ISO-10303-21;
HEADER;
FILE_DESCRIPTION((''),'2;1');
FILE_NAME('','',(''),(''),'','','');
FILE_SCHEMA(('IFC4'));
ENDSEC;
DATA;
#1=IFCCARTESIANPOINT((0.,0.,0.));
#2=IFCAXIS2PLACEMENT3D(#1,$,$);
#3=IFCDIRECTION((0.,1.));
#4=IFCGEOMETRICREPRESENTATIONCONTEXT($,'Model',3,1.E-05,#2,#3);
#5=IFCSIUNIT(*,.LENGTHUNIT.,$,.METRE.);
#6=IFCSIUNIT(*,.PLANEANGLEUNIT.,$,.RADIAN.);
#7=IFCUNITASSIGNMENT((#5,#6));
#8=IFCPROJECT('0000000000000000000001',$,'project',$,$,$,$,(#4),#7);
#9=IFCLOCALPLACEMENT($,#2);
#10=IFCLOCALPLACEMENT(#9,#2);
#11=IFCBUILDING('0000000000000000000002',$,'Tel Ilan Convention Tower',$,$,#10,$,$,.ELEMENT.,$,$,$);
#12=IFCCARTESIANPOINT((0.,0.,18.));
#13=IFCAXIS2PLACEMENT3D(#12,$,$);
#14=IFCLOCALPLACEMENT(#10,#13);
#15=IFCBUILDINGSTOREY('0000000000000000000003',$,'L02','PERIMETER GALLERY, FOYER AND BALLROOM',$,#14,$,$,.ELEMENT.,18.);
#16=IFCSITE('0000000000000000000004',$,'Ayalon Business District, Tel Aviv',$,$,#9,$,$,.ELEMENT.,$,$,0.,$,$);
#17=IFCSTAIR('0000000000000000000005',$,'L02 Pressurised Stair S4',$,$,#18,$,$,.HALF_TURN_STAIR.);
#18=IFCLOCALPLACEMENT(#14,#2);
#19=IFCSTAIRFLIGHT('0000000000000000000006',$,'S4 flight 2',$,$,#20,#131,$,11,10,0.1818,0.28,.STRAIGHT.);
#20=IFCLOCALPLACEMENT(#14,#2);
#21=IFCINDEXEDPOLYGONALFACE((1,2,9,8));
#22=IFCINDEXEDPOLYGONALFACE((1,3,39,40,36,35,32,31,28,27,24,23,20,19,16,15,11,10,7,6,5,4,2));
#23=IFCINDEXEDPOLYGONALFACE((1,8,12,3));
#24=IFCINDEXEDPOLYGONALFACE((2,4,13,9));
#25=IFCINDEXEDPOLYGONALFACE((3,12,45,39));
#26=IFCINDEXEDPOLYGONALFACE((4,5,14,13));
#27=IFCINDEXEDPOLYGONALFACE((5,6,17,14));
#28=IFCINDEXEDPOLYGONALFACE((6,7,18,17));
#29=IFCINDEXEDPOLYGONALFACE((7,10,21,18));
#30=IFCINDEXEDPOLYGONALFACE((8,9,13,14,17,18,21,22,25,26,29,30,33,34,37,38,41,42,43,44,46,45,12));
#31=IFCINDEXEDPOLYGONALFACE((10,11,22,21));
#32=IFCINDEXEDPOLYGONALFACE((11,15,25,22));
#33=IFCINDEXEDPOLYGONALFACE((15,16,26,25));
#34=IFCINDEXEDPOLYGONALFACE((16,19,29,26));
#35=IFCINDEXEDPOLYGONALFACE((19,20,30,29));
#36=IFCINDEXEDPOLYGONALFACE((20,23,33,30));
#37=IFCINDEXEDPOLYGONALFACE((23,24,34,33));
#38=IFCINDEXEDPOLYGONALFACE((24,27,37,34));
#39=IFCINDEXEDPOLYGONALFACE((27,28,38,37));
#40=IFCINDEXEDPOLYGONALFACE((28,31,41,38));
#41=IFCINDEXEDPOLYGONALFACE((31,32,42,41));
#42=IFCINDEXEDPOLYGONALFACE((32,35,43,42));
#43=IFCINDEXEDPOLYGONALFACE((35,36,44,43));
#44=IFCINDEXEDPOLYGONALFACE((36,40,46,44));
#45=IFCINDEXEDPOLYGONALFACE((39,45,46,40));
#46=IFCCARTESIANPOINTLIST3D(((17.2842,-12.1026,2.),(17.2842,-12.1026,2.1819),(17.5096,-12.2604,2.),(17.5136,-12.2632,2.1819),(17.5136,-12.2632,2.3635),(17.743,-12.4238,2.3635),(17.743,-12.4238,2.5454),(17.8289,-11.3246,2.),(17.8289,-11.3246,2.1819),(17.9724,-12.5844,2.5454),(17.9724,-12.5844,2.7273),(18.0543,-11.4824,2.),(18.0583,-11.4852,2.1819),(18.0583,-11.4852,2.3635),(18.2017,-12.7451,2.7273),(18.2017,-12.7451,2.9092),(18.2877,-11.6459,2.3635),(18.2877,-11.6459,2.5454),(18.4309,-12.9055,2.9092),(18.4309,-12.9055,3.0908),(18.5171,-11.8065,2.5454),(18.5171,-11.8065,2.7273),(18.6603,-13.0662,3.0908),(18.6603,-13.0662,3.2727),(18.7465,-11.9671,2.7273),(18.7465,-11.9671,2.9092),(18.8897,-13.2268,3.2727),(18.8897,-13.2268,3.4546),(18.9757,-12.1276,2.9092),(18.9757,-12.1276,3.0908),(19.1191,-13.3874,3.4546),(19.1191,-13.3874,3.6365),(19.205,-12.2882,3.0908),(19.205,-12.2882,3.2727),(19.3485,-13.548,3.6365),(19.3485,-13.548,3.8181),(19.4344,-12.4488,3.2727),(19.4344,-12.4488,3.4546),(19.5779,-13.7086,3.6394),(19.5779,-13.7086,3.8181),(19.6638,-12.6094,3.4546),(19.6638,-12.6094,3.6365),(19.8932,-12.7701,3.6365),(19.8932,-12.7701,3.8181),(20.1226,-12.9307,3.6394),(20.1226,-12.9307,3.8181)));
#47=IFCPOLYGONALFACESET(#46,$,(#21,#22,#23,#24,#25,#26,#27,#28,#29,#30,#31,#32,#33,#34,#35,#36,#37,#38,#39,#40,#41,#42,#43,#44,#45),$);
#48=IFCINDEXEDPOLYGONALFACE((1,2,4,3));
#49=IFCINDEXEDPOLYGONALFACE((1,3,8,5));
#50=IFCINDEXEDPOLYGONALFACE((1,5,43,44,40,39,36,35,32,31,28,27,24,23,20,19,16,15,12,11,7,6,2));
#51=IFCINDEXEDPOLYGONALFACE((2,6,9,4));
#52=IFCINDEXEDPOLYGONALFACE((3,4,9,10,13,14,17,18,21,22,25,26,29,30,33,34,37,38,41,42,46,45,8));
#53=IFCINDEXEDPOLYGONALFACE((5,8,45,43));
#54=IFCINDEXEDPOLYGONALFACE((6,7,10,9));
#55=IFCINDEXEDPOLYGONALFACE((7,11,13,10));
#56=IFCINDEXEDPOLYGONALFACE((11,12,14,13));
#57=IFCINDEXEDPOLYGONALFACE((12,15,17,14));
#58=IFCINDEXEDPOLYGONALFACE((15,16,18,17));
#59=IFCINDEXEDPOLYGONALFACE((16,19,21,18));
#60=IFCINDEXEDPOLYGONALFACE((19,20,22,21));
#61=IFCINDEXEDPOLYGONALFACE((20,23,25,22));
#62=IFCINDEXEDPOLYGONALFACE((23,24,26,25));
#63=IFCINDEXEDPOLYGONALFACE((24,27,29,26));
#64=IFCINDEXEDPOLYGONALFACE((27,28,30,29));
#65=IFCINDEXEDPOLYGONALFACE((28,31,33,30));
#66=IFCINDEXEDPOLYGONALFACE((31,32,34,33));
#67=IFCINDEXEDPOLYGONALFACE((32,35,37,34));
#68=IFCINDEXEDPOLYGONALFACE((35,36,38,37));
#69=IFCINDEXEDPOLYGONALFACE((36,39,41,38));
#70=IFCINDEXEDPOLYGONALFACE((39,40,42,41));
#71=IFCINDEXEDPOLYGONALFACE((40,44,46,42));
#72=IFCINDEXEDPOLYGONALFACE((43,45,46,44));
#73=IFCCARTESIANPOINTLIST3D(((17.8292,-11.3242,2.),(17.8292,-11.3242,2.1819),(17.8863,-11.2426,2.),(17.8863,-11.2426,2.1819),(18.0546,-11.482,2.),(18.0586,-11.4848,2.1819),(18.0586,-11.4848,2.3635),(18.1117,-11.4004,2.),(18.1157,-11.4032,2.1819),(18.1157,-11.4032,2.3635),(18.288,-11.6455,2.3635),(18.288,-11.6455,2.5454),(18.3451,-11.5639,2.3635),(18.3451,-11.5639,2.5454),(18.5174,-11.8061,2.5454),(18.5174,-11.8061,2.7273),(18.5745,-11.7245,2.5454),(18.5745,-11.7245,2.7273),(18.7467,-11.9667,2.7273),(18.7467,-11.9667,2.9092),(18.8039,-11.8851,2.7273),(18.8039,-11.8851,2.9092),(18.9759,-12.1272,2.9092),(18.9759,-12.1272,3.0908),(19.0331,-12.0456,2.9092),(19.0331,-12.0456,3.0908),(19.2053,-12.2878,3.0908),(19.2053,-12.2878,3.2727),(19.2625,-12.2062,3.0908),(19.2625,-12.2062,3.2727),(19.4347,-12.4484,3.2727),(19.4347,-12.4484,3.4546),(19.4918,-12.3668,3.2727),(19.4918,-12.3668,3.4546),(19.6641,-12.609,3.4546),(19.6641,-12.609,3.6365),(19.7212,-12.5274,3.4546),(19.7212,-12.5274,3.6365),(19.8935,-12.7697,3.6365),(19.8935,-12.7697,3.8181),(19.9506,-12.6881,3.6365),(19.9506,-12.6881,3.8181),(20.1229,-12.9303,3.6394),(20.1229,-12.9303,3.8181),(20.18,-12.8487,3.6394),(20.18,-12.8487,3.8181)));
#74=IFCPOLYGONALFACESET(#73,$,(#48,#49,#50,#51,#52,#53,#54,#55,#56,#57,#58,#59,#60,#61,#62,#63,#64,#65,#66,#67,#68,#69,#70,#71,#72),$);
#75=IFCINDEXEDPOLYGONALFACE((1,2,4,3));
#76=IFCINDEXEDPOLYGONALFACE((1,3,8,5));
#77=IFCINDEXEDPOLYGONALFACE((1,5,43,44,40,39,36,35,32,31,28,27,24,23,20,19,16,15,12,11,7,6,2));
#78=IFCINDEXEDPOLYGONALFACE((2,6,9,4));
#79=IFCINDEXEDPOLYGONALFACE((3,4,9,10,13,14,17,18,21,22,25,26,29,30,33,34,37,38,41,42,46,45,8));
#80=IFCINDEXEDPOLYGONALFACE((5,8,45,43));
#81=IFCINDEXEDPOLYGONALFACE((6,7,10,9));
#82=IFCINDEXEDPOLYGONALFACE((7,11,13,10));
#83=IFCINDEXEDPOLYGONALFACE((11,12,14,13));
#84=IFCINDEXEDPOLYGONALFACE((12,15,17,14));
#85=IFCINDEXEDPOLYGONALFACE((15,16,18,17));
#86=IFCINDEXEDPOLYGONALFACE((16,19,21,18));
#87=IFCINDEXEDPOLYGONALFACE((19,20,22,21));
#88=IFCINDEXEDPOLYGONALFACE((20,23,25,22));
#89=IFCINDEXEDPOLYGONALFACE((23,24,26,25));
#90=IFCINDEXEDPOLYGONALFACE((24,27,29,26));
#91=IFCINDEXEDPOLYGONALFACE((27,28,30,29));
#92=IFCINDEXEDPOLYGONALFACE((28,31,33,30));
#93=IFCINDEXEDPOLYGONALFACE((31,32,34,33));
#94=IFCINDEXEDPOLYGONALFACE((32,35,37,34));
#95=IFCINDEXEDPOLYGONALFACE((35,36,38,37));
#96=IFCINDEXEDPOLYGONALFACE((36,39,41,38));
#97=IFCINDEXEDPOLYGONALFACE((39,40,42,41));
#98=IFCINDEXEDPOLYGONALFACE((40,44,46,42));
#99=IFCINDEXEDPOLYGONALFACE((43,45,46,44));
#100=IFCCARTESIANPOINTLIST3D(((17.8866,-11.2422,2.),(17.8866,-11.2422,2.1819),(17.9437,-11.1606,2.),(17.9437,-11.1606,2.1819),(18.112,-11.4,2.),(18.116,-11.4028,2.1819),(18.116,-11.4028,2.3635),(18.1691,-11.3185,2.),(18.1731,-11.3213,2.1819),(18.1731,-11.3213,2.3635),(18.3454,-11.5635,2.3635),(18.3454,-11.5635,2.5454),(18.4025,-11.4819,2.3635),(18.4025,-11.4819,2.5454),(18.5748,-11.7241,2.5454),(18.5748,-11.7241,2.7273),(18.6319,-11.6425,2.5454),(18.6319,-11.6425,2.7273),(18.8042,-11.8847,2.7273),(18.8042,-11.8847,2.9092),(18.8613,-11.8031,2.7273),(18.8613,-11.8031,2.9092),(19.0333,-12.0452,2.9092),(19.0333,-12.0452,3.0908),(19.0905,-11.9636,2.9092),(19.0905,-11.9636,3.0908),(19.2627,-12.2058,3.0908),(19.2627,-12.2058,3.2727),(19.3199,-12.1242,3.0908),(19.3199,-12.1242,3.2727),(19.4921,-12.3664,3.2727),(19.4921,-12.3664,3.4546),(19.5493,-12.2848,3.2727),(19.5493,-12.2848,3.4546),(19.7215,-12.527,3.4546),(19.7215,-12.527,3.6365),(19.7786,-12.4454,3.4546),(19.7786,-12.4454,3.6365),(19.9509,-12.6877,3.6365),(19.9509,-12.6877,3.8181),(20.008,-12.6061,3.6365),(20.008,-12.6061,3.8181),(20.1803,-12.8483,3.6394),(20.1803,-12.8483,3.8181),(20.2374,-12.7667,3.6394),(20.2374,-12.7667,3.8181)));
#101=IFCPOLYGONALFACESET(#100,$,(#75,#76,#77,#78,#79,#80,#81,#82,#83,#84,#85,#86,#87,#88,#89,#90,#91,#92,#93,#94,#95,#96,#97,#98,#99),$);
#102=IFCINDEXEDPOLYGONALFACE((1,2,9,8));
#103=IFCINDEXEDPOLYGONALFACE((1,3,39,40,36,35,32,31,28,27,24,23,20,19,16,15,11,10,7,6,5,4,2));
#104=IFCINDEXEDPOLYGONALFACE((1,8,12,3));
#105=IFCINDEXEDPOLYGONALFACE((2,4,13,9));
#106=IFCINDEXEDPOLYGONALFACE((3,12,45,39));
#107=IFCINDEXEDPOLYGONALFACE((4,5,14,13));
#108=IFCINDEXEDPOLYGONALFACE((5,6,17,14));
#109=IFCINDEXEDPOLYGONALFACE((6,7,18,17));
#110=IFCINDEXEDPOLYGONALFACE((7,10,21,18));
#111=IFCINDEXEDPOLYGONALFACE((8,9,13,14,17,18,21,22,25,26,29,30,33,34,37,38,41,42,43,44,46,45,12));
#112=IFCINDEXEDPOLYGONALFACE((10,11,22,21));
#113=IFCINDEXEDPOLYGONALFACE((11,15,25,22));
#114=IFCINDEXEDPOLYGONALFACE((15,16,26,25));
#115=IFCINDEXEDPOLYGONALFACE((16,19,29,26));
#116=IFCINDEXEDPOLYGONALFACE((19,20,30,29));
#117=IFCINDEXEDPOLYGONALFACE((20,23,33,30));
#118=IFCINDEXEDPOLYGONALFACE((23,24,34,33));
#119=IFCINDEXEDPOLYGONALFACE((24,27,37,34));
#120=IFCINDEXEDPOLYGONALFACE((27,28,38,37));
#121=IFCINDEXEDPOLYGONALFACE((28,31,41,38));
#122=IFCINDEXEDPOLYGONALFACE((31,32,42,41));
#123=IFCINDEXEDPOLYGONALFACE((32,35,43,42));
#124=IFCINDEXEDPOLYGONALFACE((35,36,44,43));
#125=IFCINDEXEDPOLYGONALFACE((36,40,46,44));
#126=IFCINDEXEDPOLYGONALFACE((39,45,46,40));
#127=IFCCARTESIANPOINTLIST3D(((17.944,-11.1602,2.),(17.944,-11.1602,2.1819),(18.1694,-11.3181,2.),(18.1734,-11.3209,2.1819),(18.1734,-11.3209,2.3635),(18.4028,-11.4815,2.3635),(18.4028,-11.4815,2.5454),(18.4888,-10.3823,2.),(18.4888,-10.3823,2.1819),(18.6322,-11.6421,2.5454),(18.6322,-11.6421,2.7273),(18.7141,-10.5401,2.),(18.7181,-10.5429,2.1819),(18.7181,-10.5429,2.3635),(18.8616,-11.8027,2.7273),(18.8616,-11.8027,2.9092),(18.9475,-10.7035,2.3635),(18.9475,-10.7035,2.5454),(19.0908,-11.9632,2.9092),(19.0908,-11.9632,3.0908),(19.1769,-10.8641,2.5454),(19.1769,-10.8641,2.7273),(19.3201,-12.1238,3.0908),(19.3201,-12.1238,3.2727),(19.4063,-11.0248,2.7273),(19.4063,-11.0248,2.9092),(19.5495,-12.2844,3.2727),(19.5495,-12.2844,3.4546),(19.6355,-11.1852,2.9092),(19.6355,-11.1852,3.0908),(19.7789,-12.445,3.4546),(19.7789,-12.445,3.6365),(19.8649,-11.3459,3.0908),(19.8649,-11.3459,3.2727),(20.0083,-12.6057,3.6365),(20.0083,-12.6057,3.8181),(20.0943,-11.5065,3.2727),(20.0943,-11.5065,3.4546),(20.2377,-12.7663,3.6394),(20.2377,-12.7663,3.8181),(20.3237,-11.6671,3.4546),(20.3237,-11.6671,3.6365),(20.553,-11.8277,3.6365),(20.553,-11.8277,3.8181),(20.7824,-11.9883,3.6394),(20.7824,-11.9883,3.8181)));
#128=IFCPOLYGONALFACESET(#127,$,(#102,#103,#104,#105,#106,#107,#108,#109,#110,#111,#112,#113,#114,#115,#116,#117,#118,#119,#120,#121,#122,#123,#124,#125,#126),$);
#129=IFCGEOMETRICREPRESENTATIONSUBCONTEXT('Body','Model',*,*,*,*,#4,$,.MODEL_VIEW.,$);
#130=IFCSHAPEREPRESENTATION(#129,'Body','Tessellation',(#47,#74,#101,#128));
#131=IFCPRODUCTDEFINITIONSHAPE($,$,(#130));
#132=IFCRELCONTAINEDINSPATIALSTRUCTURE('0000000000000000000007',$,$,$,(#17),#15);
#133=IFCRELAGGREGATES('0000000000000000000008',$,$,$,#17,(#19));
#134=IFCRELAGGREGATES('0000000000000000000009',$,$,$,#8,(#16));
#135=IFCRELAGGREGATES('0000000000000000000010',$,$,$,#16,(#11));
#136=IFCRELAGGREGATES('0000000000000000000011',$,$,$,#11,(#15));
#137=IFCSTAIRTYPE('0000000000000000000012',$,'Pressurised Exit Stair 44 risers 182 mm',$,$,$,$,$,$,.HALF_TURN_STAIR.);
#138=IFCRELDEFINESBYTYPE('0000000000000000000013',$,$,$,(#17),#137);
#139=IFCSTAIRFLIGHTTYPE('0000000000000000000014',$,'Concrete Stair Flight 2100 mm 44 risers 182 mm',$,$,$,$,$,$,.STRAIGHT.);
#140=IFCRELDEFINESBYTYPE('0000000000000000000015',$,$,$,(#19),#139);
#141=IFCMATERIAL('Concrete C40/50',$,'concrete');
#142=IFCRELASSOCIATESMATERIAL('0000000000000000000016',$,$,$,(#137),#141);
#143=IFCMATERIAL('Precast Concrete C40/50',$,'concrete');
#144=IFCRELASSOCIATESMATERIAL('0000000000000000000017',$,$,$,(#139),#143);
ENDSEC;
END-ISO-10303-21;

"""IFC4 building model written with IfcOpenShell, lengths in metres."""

from ifc_helpers import new_model, si_unit, direction, frame, origin, place, context, subcontext, project, spatial, polyline, outline, extrude, material, type_object, element, aggregate, save


model = new_model("IFC4")

# Units and contexts
model_context = context("Model", 3, precision=1e-05, world=origin(), true_north=direction((0.0, 1.0)))
body_context = subcontext(model_context, "Body", "Model", "MODEL_VIEW")
ifc_project = project(units=[si_unit("LENGTHUNIT", "METRE"), si_unit("PLANEANGLEUNIT", "RADIAN")], contexts=[model_context])

# Site, building, storey
site_placement = place(None, origin())
site = spatial("IfcSite", under=ifc_project, at=site_placement, Name="Ayalon Business District, Tel Aviv", CompositionType="ELEMENT", RefElevation=0.0)
building_placement = place(site_placement, origin())
building = spatial("IfcBuilding", under=site, at=building_placement, Name="Tel Ilan Convention Tower", CompositionType="ELEMENT")
storey_placement = place(building_placement, frame((0.0, 0.0, 18.0)))
storey = spatial("IfcBuildingStorey", under=building, at=storey_placement, Name="L02", Description="PERIMETER GALLERY, FOYER AND BALLROOM", CompositionType="ELEMENT", Elevation=18.0)

# Stair, stair flight
ifc_material_1 = material(Name="Concrete C40/50", Category="concrete")
stair_type = type_object("IfcStairType", Name="Pressurised Exit Stair 44 risers 182 mm", PredefinedType="HALF_TURN_STAIR", material=ifc_material_1)
stair_placement = place(storey_placement, origin())
stair = element("IfcStair", 1, at=stair_placement, inside=storey, type_object=stair_type, Name="L02 Pressurised Stair S4", PredefinedType="HALF_TURN_STAIR")
ifc_material_2 = material(Name="Precast Concrete C40/50", Category="concrete")
stair_flight_type = type_object("IfcStairFlightType", Name="Concrete Stair Flight 2100 mm 44 risers 182 mm", PredefinedType="STRAIGHT", material=ifc_material_2)
stair_flight_1_placement = place(storey_placement, frame((17.8865, -11.2424, 2.0), z_axis=(0.0, 0.0, 1.0), x_axis=(0.819152, -0.573576, 0.0)))
stair_flight_1 = element("IfcStairFlight", 2, at=stair_flight_1_placement, type_object=stair_flight_type, Name="S4 flight 2", NumberOfRisers=11, NumberOfTreads=10, PredefinedType="STRAIGHT", RiserHeight=0.1818, TreadLength=0.28, context=body_context, shape_type="SweptSolid", body=[
    extrude(outline(polyline([(0.0, 0.0), (0.0, 0.1819), (0.28, 0.1819), (0.28, 0.3635), (0.5601, 0.3635), (0.5601, 0.5454), (0.8401, 0.5454), (0.8401, 0.7273), (1.1201, 0.7273), (1.1201, 0.9092), (1.3999, 0.9092), (1.3999, 1.0908), (1.6799, 1.0908), (1.6799, 1.2727), (1.96, 1.2727), (1.96, 1.4546), (2.24, 1.4546), (2.24, 1.6365), (2.52, 1.6365), (2.52, 1.8181), (2.8, 1.8181), (2.8, 2.0), (2.8, 1.6394), (0.2751, 0.0), (0.0, 0.0)])), frame((0.0, -0.1003, 0.0), z_axis=(0.0, -1.0, 0.0), x_axis=(1.0, 0.0, 0.0)), (0.0, 0.0, 1.0), 0.9497),
    extrude(outline(polyline([(0.0, 0.0), (0.0, 0.1819), (0.28, 0.1819), (0.28, 0.3635), (0.5601, 0.3635), (0.5601, 0.5454), (0.8401, 0.5454), (0.8401, 0.7273), (1.1201, 0.7273), (1.1201, 0.9092), (1.3999, 0.9092), (1.3999, 1.0908), (1.6799, 1.0908), (1.6799, 1.2727), (1.96, 1.2727), (1.96, 1.4546), (2.24, 1.4546), (2.24, 1.6365), (2.52, 1.6365), (2.52, 1.8181), (2.8, 1.8181), (2.8, 2.0), (2.8, 1.6394), (0.2751, 0.0), (0.0, 0.0)])), frame((0.0, -0.0002, 0.0), z_axis=(0.0, -1.0, 0.0), x_axis=(1.0, 0.0, 0.0)), (0.0, 0.0, 1.0), 0.0996),
    extrude(outline(polyline([(0.0, 0.0), (0.0, 0.1819), (0.28, 0.1819), (0.28, 0.3635), (0.5601, 0.3635), (0.5601, 0.5454), (0.8401, 0.5454), (0.8401, 0.7273), (1.1201, 0.7273), (1.1201, 0.9092), (1.3999, 0.9092), (1.3999, 1.0908), (1.6799, 1.0908), (1.6799, 1.2727), (1.96, 1.2727), (1.96, 1.4546), (2.24, 1.4546), (2.24, 1.6365), (2.52, 1.6365), (2.52, 1.8181), (2.8, 1.8181), (2.8, 2.0), (2.8, 1.6394), (0.2751, 0.0), (0.0, 0.0)])), frame((0.0, 0.0999, 0.0), z_axis=(0.0, -1.0, 0.0), x_axis=(1.0, 0.0, 0.0)), (0.0, 0.0, 1.0), 0.0996),
    extrude(outline(polyline([(0.0, 0.0), (0.0, 0.1819), (0.28, 0.1819), (0.28, 0.3635), (0.5601, 0.3635), (0.5601, 0.5454), (0.8401, 0.5454), (0.8401, 0.7273), (1.1201, 0.7273), (1.1201, 0.9092), (1.3999, 0.9092), (1.3999, 1.0908), (1.6799, 1.0908), (1.6799, 1.2727), (1.96, 1.2727), (1.96, 1.4546), (2.24, 1.4546), (2.24, 1.6365), (2.52, 1.6365), (2.52, 1.8181), (2.8, 1.8181), (2.8, 2.0), (2.8, 1.6394), (0.2751, 0.0), (0.0, 0.0)])), frame((0.0, 1.05, 0.0), z_axis=(0.0, -1.0, 0.0), x_axis=(1.0, 0.0, 0.0)), (0.0, 0.0, 1.0), 0.9497),
])
aggregate(stair, [stair_flight_1])

save(model, "model.ifc")
